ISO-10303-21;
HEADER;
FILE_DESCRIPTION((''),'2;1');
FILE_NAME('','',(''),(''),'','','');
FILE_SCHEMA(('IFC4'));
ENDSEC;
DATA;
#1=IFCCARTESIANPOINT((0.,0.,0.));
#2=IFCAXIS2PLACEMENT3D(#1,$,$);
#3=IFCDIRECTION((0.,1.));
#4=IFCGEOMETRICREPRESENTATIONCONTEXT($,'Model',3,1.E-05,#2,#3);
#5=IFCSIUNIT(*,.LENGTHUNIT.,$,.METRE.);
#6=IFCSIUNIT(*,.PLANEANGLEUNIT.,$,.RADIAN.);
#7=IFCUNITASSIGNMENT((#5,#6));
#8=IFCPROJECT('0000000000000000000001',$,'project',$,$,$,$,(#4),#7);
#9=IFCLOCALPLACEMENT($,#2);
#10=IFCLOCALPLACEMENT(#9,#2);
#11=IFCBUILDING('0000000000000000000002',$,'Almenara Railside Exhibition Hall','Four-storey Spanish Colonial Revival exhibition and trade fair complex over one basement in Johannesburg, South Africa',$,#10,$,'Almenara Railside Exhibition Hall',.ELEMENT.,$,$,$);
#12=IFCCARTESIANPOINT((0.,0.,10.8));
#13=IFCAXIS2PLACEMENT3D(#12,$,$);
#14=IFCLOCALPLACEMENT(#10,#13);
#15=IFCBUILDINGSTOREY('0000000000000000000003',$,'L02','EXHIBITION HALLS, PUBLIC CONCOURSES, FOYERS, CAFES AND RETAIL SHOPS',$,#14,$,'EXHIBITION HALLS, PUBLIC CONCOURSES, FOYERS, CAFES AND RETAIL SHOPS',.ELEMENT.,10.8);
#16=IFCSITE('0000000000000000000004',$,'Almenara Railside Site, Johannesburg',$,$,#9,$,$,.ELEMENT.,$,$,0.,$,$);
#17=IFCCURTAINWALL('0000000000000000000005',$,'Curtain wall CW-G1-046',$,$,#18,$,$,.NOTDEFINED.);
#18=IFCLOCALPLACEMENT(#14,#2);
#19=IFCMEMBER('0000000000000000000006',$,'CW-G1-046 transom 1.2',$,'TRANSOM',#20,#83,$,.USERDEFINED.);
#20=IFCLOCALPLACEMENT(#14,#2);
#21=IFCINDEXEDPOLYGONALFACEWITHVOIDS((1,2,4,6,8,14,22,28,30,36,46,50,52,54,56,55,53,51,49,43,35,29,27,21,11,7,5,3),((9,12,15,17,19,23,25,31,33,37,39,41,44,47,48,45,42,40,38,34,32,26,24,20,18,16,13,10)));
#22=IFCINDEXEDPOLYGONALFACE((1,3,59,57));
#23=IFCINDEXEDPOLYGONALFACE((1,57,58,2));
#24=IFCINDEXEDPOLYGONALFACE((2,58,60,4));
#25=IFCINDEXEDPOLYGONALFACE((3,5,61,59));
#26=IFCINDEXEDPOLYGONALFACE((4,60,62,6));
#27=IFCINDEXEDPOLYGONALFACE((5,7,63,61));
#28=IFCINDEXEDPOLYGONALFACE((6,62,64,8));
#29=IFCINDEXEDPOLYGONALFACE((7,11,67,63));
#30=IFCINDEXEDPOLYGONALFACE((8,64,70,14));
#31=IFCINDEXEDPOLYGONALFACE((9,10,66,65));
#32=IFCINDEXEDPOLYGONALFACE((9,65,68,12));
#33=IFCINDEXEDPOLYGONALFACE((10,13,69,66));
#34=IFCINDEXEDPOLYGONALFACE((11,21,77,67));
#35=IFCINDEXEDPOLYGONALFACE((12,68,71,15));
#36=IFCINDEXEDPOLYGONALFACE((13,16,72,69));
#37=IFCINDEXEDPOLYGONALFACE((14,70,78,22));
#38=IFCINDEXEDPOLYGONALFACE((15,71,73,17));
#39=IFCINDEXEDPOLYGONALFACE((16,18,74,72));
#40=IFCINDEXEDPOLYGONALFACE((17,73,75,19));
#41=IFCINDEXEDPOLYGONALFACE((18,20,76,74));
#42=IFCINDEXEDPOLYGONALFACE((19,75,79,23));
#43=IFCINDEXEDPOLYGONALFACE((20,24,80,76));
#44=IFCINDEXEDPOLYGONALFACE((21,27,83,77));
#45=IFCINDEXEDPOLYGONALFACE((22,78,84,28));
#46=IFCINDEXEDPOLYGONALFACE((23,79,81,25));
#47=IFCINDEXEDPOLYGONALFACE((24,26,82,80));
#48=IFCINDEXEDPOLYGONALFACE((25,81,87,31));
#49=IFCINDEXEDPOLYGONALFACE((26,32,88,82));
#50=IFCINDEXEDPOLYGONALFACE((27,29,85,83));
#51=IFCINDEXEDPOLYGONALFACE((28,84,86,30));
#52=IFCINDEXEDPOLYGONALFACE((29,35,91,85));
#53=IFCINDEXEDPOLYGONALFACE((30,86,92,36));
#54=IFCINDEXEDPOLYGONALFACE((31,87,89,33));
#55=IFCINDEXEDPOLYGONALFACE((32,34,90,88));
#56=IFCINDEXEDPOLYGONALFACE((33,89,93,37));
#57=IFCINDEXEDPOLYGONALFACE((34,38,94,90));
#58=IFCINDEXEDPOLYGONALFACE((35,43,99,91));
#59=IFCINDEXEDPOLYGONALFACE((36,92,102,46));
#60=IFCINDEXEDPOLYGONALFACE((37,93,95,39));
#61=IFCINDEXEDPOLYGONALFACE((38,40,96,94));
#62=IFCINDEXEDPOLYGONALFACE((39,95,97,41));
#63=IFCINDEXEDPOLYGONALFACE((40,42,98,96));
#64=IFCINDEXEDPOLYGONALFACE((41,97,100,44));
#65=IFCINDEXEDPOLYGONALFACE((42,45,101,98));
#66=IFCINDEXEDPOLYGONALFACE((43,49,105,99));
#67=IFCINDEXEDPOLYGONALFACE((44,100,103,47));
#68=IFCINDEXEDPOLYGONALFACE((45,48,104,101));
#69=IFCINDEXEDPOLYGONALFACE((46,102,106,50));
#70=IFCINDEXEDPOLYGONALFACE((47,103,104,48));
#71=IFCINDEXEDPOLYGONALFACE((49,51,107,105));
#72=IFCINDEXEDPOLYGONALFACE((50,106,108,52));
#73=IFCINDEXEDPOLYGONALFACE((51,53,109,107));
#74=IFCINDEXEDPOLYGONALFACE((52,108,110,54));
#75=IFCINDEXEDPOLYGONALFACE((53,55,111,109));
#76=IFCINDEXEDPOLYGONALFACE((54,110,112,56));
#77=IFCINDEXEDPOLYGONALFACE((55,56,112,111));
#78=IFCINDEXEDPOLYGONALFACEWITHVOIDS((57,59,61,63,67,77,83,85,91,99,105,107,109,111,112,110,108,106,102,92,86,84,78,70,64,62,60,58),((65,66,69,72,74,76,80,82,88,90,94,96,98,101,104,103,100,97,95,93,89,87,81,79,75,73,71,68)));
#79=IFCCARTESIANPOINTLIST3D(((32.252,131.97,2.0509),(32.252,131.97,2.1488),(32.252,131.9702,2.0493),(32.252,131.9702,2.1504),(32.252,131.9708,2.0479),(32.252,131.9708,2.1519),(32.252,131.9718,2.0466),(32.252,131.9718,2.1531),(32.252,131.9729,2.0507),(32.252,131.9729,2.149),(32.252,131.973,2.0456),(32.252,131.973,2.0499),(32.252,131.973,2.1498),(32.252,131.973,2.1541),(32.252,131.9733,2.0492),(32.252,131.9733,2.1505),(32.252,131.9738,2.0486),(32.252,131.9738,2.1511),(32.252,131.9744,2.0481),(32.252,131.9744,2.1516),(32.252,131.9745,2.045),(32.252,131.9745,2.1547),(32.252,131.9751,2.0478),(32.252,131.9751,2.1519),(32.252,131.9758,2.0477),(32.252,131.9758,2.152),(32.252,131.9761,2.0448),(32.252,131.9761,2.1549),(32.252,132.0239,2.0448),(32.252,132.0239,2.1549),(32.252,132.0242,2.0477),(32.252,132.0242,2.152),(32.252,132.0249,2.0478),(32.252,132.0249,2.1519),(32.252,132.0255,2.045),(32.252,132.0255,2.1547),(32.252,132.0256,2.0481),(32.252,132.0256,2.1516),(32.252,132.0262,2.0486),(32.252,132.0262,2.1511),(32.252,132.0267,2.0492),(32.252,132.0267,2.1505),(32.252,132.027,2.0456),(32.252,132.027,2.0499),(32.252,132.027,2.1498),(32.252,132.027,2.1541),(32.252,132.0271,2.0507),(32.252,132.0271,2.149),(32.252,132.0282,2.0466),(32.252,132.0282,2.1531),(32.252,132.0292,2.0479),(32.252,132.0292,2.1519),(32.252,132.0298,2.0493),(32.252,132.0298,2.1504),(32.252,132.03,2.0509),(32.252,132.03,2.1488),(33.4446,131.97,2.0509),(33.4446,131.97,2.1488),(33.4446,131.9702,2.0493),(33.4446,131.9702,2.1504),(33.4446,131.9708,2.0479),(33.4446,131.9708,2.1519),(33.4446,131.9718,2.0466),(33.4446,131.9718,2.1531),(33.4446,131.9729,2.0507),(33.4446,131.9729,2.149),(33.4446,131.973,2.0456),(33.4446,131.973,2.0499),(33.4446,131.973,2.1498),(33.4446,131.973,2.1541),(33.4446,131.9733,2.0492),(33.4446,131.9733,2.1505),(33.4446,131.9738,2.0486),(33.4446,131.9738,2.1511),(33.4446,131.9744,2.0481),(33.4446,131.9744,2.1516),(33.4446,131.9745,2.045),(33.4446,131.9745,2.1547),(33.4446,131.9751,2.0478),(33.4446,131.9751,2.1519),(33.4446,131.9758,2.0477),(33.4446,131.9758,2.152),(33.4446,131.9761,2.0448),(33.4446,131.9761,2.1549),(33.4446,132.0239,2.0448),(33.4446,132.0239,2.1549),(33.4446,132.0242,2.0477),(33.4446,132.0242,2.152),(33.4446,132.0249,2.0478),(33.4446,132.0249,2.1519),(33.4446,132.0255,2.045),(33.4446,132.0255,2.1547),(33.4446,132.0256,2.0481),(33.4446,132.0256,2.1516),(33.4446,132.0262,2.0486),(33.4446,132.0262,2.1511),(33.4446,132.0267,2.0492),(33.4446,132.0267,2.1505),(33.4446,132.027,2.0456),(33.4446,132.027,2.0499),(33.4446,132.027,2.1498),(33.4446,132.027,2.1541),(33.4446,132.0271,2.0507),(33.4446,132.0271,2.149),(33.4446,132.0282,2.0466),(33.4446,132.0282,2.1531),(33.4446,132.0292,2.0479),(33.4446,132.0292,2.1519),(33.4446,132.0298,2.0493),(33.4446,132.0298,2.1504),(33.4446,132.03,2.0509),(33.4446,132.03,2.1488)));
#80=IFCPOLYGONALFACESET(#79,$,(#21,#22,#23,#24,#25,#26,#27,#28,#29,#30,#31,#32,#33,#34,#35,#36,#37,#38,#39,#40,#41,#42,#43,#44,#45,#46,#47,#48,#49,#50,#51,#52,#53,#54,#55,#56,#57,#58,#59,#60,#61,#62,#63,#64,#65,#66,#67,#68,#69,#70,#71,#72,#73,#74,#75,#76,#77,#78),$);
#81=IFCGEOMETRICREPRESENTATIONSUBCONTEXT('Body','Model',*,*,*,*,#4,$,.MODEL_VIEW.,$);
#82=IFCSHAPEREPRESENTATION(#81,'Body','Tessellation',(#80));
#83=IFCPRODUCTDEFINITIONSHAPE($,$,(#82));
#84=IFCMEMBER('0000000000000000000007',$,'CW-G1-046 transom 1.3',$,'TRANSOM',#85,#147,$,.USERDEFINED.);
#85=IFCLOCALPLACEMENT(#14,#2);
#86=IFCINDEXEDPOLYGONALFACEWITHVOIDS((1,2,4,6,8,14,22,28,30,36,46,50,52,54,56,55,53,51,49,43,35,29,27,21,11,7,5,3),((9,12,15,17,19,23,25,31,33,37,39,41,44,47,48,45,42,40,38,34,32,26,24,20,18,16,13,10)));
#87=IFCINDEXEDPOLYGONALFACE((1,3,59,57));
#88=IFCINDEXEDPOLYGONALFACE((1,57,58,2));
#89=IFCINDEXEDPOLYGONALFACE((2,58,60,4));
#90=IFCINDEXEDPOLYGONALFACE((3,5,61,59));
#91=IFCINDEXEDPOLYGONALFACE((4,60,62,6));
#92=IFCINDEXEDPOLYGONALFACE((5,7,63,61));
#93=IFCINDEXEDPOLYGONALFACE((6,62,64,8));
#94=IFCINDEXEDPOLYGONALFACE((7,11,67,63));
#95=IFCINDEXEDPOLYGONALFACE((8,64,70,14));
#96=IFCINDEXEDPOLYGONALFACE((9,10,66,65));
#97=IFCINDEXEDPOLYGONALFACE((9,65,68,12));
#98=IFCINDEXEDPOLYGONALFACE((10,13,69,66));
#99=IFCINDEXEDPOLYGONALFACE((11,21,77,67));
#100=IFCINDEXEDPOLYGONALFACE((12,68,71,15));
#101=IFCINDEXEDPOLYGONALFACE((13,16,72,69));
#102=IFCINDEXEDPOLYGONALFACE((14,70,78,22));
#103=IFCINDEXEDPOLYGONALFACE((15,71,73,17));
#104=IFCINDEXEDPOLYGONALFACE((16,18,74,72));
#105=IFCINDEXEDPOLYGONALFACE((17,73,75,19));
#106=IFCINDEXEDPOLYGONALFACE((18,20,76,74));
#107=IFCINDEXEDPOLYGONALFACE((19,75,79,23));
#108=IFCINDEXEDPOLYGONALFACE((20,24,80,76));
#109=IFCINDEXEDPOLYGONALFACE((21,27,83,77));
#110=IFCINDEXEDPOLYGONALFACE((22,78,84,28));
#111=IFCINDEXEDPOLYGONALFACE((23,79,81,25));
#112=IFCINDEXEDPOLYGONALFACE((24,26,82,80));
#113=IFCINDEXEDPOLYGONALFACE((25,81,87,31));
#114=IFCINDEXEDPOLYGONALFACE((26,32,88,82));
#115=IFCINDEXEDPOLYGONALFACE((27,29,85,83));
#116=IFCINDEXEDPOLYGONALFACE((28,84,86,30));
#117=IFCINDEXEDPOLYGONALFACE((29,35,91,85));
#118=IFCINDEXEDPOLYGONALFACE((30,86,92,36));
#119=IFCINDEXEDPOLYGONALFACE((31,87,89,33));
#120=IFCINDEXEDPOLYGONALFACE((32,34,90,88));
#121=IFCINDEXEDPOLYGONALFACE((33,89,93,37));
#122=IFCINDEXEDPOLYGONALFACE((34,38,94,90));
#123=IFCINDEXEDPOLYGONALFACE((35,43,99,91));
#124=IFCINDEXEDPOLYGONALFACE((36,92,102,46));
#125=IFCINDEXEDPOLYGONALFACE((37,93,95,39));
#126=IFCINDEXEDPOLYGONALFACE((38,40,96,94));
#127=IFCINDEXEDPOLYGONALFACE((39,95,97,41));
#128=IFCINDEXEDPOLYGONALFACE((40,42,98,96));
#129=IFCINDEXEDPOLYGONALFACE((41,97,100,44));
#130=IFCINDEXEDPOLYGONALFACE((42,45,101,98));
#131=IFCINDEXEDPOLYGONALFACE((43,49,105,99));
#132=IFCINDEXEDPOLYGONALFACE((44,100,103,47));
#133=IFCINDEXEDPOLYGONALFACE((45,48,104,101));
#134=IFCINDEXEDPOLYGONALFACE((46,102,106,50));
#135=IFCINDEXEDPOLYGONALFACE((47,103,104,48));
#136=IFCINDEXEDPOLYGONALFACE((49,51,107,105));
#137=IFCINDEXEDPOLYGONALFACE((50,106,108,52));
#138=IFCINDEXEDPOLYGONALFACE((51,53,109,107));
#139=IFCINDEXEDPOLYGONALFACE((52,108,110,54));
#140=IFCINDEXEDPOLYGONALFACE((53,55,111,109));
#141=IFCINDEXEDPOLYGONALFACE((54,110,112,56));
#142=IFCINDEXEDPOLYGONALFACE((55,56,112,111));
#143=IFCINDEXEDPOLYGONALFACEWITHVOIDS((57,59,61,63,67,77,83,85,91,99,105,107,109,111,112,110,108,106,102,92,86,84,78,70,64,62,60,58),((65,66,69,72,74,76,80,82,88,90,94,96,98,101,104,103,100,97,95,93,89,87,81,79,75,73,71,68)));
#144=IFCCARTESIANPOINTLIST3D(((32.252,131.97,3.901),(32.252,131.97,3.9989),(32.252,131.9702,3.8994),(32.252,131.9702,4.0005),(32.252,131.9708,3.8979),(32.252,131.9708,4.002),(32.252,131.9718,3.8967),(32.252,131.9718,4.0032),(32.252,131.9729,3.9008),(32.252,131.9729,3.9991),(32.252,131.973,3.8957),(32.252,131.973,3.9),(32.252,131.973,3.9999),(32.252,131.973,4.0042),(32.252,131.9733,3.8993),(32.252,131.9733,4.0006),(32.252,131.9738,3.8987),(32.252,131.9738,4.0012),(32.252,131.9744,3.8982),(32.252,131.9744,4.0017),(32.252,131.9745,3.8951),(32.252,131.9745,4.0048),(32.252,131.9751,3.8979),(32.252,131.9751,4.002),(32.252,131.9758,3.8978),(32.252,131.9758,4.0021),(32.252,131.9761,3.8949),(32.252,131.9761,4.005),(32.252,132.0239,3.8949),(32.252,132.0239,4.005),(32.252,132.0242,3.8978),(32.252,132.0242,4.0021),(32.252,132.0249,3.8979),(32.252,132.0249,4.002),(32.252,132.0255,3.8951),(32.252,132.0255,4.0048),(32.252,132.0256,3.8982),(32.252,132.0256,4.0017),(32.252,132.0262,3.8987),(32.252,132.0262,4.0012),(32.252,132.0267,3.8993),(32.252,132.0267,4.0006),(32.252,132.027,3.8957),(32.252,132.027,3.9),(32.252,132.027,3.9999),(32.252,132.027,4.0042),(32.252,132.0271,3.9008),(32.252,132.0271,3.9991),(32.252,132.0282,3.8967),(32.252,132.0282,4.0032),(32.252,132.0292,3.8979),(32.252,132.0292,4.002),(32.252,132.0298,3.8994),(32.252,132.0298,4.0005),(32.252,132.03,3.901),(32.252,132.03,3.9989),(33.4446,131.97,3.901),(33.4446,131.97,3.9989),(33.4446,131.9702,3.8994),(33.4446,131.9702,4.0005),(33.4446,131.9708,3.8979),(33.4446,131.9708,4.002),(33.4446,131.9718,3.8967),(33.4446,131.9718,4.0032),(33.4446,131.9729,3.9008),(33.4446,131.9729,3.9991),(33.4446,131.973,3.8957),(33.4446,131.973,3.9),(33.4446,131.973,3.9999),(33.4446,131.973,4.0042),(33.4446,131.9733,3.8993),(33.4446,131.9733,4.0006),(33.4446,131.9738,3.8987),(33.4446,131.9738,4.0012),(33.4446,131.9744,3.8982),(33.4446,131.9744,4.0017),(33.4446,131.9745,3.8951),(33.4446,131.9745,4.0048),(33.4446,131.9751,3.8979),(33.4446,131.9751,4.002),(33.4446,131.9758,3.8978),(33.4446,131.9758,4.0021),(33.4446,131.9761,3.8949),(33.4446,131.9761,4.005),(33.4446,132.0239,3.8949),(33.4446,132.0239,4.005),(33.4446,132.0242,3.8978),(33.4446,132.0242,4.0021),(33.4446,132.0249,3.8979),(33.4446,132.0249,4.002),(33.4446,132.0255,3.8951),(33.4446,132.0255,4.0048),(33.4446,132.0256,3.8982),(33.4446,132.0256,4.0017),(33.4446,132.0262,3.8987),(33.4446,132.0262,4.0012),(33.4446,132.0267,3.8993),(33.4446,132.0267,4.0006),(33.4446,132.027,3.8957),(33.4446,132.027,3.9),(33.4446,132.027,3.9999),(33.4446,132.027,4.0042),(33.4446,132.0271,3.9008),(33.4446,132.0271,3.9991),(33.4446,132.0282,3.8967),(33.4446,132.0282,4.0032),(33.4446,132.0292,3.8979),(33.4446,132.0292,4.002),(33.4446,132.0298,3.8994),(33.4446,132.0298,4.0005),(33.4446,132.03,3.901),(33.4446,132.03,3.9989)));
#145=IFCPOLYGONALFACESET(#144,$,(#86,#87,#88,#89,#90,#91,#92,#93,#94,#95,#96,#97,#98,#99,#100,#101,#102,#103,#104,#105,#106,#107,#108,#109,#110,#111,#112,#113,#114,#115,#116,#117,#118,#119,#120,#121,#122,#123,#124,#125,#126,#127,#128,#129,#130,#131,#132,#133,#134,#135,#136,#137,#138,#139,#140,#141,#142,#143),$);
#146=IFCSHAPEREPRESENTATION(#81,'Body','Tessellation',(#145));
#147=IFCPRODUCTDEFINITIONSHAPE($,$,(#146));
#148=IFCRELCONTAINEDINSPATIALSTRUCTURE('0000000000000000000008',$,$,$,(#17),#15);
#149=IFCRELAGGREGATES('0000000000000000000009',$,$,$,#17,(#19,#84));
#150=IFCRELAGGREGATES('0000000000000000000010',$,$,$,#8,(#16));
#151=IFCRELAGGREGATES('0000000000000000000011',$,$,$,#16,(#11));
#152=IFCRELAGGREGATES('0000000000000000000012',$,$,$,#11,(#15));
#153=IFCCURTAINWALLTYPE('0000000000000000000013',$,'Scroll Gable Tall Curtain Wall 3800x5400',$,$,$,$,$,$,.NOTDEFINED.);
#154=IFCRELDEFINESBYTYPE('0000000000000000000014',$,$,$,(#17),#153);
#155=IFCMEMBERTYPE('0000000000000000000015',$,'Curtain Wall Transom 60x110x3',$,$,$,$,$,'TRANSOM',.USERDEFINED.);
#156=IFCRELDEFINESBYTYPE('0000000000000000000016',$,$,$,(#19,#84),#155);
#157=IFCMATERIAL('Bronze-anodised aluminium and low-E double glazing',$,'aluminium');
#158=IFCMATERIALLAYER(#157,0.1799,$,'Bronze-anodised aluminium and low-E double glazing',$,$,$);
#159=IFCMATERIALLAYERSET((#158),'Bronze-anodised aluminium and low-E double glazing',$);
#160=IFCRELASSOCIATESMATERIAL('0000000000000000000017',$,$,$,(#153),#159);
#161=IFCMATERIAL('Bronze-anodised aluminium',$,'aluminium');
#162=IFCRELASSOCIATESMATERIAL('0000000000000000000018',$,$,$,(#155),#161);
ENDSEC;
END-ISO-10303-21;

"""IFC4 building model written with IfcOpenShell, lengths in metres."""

from ifc_helpers import new_model, si_unit, direction, frame, origin, origin_2d, place, context, subcontext, project, spatial, hollow_rectangle, extrude, material, layer, layer_set, material_profile, profile_set, type_object, element, aggregate, save


model = new_model("IFC4")

# Units and contexts
model_context = context("Model", 3, precision=1e-05, world=origin(), true_north=direction((0.0, 1.0)))
body_context = subcontext(model_context, "Body", "Model", "MODEL_VIEW")
ifc_project = project(units=[si_unit("LENGTHUNIT", "METRE"), si_unit("PLANEANGLEUNIT", "RADIAN")], contexts=[model_context])

# Site, building, storey
site_placement = place(None, origin())
site = spatial("IfcSite", under=ifc_project, at=site_placement, Name="Almenara Railside Site, Johannesburg", CompositionType="ELEMENT", RefElevation=0.0)
building_placement = place(site_placement, origin())
building = spatial("IfcBuilding", under=site, at=building_placement, Name="Almenara Railside Exhibition Hall", Description="Four-storey Spanish Colonial Revival exhibition and trade fair complex over one basement in Johannesburg, South Africa", LongName="Almenara Railside Exhibition Hall", CompositionType="ELEMENT")
storey_placement = place(building_placement, frame((0.0, 0.0, 10.8)))
storey = spatial("IfcBuildingStorey", under=building, at=storey_placement, Name="L02", Description="EXHIBITION HALLS, PUBLIC CONCOURSES, FOYERS, CAFES AND RETAIL SHOPS", LongName="EXHIBITION HALLS, PUBLIC CONCOURSES, FOYERS, CAFES AND RETAIL SHOPS", CompositionType="ELEMENT", Elevation=10.8)

# Curtain wall
ifc_material_1 = material(Name="Bronze-anodised aluminium and low-E double glazing", Category="aluminium")
ifc_layer_1 = layer(ifc_material_1, 0.1799, Name="Bronze-anodised aluminium and low-E double glazing")
ifc_layer_set_1 = layer_set([ifc_layer_1], Name="Bronze-anodised aluminium and low-E double glazing")
curtain_wall_type_1 = type_object("IfcCurtainWallType", Name="Scroll Gable Tall Curtain Wall 3800x5400", PredefinedType="NOTDEFINED", material=ifc_layer_set_1)
ifc_material_2 = material(Name="Bronze-anodised aluminium", Category="aluminium")
curtain_wall_1_placement = place(storey_placement, origin())
curtain_wall_1 = element("IfcCurtainWall", 1, at=curtain_wall_1_placement, inside=storey, type_object=curtain_wall_type_1, Name="Curtain wall CW-G1-046", PredefinedType="NOTDEFINED")

# Members
ifc_material_profile_1 = material_profile(ifc_material_2, hollow_rectangle(XDim=0.0601, YDim=0.1101, WallThickness=0.0029, InnerFilletRadius=0.0029, OuterFilletRadius=0.0061, at=origin_2d()), Name="ALU-TRN 60x110x3")
ifc_profile_set_1 = profile_set([ifc_material_profile_1], Name="Bronze-anodised aluminium")
member_type_1 = type_object("IfcMemberType", Name="Curtain Wall Transom 60x110x3", ElementType="TRANSOM", PredefinedType="USERDEFINED", material=ifc_profile_set_1)
member_1_placement = place(storey_placement, frame((32.252, 132.0, 2.0999), z_axis=(1.0, 0.0, 0.0), x_axis=(0.0, 1.0, 0.0)))
member_1 = element("IfcMember", 2, at=member_1_placement, type_object=member_type_1, Name="CW-G1-046 transom 1.2", ObjectType="TRANSOM", PredefinedType="USERDEFINED", context=body_context, shape_type="SweptSolid", body=[
    extrude(hollow_rectangle(XDim=0.0601, YDim=0.1101, WallThickness=0.0029, InnerFilletRadius=0.0029, OuterFilletRadius=0.0061, at=origin_2d()), origin(), (0.0, 0.0, 1.0), 1.1926),
])
member_2_placement = place(storey_placement, frame((32.252, 132.0, 3.95), z_axis=(1.0, 0.0, 0.0), x_axis=(0.0, 1.0, 0.0)))
member_2 = element("IfcMember", 3, at=member_2_placement, type_object=member_type_1, Name="CW-G1-046 transom 1.3", ObjectType="TRANSOM", PredefinedType="USERDEFINED", context=body_context, shape_type="SweptSolid", body=[
    extrude(hollow_rectangle(XDim=0.0601, YDim=0.1101, WallThickness=0.0029, InnerFilletRadius=0.0029, OuterFilletRadius=0.0061, at=origin_2d()), origin(), (0.0, 0.0, 1.0), 1.1926),
])

aggregate(curtain_wall_1, [member_1, member_2])

save(model, "model.ifc")
